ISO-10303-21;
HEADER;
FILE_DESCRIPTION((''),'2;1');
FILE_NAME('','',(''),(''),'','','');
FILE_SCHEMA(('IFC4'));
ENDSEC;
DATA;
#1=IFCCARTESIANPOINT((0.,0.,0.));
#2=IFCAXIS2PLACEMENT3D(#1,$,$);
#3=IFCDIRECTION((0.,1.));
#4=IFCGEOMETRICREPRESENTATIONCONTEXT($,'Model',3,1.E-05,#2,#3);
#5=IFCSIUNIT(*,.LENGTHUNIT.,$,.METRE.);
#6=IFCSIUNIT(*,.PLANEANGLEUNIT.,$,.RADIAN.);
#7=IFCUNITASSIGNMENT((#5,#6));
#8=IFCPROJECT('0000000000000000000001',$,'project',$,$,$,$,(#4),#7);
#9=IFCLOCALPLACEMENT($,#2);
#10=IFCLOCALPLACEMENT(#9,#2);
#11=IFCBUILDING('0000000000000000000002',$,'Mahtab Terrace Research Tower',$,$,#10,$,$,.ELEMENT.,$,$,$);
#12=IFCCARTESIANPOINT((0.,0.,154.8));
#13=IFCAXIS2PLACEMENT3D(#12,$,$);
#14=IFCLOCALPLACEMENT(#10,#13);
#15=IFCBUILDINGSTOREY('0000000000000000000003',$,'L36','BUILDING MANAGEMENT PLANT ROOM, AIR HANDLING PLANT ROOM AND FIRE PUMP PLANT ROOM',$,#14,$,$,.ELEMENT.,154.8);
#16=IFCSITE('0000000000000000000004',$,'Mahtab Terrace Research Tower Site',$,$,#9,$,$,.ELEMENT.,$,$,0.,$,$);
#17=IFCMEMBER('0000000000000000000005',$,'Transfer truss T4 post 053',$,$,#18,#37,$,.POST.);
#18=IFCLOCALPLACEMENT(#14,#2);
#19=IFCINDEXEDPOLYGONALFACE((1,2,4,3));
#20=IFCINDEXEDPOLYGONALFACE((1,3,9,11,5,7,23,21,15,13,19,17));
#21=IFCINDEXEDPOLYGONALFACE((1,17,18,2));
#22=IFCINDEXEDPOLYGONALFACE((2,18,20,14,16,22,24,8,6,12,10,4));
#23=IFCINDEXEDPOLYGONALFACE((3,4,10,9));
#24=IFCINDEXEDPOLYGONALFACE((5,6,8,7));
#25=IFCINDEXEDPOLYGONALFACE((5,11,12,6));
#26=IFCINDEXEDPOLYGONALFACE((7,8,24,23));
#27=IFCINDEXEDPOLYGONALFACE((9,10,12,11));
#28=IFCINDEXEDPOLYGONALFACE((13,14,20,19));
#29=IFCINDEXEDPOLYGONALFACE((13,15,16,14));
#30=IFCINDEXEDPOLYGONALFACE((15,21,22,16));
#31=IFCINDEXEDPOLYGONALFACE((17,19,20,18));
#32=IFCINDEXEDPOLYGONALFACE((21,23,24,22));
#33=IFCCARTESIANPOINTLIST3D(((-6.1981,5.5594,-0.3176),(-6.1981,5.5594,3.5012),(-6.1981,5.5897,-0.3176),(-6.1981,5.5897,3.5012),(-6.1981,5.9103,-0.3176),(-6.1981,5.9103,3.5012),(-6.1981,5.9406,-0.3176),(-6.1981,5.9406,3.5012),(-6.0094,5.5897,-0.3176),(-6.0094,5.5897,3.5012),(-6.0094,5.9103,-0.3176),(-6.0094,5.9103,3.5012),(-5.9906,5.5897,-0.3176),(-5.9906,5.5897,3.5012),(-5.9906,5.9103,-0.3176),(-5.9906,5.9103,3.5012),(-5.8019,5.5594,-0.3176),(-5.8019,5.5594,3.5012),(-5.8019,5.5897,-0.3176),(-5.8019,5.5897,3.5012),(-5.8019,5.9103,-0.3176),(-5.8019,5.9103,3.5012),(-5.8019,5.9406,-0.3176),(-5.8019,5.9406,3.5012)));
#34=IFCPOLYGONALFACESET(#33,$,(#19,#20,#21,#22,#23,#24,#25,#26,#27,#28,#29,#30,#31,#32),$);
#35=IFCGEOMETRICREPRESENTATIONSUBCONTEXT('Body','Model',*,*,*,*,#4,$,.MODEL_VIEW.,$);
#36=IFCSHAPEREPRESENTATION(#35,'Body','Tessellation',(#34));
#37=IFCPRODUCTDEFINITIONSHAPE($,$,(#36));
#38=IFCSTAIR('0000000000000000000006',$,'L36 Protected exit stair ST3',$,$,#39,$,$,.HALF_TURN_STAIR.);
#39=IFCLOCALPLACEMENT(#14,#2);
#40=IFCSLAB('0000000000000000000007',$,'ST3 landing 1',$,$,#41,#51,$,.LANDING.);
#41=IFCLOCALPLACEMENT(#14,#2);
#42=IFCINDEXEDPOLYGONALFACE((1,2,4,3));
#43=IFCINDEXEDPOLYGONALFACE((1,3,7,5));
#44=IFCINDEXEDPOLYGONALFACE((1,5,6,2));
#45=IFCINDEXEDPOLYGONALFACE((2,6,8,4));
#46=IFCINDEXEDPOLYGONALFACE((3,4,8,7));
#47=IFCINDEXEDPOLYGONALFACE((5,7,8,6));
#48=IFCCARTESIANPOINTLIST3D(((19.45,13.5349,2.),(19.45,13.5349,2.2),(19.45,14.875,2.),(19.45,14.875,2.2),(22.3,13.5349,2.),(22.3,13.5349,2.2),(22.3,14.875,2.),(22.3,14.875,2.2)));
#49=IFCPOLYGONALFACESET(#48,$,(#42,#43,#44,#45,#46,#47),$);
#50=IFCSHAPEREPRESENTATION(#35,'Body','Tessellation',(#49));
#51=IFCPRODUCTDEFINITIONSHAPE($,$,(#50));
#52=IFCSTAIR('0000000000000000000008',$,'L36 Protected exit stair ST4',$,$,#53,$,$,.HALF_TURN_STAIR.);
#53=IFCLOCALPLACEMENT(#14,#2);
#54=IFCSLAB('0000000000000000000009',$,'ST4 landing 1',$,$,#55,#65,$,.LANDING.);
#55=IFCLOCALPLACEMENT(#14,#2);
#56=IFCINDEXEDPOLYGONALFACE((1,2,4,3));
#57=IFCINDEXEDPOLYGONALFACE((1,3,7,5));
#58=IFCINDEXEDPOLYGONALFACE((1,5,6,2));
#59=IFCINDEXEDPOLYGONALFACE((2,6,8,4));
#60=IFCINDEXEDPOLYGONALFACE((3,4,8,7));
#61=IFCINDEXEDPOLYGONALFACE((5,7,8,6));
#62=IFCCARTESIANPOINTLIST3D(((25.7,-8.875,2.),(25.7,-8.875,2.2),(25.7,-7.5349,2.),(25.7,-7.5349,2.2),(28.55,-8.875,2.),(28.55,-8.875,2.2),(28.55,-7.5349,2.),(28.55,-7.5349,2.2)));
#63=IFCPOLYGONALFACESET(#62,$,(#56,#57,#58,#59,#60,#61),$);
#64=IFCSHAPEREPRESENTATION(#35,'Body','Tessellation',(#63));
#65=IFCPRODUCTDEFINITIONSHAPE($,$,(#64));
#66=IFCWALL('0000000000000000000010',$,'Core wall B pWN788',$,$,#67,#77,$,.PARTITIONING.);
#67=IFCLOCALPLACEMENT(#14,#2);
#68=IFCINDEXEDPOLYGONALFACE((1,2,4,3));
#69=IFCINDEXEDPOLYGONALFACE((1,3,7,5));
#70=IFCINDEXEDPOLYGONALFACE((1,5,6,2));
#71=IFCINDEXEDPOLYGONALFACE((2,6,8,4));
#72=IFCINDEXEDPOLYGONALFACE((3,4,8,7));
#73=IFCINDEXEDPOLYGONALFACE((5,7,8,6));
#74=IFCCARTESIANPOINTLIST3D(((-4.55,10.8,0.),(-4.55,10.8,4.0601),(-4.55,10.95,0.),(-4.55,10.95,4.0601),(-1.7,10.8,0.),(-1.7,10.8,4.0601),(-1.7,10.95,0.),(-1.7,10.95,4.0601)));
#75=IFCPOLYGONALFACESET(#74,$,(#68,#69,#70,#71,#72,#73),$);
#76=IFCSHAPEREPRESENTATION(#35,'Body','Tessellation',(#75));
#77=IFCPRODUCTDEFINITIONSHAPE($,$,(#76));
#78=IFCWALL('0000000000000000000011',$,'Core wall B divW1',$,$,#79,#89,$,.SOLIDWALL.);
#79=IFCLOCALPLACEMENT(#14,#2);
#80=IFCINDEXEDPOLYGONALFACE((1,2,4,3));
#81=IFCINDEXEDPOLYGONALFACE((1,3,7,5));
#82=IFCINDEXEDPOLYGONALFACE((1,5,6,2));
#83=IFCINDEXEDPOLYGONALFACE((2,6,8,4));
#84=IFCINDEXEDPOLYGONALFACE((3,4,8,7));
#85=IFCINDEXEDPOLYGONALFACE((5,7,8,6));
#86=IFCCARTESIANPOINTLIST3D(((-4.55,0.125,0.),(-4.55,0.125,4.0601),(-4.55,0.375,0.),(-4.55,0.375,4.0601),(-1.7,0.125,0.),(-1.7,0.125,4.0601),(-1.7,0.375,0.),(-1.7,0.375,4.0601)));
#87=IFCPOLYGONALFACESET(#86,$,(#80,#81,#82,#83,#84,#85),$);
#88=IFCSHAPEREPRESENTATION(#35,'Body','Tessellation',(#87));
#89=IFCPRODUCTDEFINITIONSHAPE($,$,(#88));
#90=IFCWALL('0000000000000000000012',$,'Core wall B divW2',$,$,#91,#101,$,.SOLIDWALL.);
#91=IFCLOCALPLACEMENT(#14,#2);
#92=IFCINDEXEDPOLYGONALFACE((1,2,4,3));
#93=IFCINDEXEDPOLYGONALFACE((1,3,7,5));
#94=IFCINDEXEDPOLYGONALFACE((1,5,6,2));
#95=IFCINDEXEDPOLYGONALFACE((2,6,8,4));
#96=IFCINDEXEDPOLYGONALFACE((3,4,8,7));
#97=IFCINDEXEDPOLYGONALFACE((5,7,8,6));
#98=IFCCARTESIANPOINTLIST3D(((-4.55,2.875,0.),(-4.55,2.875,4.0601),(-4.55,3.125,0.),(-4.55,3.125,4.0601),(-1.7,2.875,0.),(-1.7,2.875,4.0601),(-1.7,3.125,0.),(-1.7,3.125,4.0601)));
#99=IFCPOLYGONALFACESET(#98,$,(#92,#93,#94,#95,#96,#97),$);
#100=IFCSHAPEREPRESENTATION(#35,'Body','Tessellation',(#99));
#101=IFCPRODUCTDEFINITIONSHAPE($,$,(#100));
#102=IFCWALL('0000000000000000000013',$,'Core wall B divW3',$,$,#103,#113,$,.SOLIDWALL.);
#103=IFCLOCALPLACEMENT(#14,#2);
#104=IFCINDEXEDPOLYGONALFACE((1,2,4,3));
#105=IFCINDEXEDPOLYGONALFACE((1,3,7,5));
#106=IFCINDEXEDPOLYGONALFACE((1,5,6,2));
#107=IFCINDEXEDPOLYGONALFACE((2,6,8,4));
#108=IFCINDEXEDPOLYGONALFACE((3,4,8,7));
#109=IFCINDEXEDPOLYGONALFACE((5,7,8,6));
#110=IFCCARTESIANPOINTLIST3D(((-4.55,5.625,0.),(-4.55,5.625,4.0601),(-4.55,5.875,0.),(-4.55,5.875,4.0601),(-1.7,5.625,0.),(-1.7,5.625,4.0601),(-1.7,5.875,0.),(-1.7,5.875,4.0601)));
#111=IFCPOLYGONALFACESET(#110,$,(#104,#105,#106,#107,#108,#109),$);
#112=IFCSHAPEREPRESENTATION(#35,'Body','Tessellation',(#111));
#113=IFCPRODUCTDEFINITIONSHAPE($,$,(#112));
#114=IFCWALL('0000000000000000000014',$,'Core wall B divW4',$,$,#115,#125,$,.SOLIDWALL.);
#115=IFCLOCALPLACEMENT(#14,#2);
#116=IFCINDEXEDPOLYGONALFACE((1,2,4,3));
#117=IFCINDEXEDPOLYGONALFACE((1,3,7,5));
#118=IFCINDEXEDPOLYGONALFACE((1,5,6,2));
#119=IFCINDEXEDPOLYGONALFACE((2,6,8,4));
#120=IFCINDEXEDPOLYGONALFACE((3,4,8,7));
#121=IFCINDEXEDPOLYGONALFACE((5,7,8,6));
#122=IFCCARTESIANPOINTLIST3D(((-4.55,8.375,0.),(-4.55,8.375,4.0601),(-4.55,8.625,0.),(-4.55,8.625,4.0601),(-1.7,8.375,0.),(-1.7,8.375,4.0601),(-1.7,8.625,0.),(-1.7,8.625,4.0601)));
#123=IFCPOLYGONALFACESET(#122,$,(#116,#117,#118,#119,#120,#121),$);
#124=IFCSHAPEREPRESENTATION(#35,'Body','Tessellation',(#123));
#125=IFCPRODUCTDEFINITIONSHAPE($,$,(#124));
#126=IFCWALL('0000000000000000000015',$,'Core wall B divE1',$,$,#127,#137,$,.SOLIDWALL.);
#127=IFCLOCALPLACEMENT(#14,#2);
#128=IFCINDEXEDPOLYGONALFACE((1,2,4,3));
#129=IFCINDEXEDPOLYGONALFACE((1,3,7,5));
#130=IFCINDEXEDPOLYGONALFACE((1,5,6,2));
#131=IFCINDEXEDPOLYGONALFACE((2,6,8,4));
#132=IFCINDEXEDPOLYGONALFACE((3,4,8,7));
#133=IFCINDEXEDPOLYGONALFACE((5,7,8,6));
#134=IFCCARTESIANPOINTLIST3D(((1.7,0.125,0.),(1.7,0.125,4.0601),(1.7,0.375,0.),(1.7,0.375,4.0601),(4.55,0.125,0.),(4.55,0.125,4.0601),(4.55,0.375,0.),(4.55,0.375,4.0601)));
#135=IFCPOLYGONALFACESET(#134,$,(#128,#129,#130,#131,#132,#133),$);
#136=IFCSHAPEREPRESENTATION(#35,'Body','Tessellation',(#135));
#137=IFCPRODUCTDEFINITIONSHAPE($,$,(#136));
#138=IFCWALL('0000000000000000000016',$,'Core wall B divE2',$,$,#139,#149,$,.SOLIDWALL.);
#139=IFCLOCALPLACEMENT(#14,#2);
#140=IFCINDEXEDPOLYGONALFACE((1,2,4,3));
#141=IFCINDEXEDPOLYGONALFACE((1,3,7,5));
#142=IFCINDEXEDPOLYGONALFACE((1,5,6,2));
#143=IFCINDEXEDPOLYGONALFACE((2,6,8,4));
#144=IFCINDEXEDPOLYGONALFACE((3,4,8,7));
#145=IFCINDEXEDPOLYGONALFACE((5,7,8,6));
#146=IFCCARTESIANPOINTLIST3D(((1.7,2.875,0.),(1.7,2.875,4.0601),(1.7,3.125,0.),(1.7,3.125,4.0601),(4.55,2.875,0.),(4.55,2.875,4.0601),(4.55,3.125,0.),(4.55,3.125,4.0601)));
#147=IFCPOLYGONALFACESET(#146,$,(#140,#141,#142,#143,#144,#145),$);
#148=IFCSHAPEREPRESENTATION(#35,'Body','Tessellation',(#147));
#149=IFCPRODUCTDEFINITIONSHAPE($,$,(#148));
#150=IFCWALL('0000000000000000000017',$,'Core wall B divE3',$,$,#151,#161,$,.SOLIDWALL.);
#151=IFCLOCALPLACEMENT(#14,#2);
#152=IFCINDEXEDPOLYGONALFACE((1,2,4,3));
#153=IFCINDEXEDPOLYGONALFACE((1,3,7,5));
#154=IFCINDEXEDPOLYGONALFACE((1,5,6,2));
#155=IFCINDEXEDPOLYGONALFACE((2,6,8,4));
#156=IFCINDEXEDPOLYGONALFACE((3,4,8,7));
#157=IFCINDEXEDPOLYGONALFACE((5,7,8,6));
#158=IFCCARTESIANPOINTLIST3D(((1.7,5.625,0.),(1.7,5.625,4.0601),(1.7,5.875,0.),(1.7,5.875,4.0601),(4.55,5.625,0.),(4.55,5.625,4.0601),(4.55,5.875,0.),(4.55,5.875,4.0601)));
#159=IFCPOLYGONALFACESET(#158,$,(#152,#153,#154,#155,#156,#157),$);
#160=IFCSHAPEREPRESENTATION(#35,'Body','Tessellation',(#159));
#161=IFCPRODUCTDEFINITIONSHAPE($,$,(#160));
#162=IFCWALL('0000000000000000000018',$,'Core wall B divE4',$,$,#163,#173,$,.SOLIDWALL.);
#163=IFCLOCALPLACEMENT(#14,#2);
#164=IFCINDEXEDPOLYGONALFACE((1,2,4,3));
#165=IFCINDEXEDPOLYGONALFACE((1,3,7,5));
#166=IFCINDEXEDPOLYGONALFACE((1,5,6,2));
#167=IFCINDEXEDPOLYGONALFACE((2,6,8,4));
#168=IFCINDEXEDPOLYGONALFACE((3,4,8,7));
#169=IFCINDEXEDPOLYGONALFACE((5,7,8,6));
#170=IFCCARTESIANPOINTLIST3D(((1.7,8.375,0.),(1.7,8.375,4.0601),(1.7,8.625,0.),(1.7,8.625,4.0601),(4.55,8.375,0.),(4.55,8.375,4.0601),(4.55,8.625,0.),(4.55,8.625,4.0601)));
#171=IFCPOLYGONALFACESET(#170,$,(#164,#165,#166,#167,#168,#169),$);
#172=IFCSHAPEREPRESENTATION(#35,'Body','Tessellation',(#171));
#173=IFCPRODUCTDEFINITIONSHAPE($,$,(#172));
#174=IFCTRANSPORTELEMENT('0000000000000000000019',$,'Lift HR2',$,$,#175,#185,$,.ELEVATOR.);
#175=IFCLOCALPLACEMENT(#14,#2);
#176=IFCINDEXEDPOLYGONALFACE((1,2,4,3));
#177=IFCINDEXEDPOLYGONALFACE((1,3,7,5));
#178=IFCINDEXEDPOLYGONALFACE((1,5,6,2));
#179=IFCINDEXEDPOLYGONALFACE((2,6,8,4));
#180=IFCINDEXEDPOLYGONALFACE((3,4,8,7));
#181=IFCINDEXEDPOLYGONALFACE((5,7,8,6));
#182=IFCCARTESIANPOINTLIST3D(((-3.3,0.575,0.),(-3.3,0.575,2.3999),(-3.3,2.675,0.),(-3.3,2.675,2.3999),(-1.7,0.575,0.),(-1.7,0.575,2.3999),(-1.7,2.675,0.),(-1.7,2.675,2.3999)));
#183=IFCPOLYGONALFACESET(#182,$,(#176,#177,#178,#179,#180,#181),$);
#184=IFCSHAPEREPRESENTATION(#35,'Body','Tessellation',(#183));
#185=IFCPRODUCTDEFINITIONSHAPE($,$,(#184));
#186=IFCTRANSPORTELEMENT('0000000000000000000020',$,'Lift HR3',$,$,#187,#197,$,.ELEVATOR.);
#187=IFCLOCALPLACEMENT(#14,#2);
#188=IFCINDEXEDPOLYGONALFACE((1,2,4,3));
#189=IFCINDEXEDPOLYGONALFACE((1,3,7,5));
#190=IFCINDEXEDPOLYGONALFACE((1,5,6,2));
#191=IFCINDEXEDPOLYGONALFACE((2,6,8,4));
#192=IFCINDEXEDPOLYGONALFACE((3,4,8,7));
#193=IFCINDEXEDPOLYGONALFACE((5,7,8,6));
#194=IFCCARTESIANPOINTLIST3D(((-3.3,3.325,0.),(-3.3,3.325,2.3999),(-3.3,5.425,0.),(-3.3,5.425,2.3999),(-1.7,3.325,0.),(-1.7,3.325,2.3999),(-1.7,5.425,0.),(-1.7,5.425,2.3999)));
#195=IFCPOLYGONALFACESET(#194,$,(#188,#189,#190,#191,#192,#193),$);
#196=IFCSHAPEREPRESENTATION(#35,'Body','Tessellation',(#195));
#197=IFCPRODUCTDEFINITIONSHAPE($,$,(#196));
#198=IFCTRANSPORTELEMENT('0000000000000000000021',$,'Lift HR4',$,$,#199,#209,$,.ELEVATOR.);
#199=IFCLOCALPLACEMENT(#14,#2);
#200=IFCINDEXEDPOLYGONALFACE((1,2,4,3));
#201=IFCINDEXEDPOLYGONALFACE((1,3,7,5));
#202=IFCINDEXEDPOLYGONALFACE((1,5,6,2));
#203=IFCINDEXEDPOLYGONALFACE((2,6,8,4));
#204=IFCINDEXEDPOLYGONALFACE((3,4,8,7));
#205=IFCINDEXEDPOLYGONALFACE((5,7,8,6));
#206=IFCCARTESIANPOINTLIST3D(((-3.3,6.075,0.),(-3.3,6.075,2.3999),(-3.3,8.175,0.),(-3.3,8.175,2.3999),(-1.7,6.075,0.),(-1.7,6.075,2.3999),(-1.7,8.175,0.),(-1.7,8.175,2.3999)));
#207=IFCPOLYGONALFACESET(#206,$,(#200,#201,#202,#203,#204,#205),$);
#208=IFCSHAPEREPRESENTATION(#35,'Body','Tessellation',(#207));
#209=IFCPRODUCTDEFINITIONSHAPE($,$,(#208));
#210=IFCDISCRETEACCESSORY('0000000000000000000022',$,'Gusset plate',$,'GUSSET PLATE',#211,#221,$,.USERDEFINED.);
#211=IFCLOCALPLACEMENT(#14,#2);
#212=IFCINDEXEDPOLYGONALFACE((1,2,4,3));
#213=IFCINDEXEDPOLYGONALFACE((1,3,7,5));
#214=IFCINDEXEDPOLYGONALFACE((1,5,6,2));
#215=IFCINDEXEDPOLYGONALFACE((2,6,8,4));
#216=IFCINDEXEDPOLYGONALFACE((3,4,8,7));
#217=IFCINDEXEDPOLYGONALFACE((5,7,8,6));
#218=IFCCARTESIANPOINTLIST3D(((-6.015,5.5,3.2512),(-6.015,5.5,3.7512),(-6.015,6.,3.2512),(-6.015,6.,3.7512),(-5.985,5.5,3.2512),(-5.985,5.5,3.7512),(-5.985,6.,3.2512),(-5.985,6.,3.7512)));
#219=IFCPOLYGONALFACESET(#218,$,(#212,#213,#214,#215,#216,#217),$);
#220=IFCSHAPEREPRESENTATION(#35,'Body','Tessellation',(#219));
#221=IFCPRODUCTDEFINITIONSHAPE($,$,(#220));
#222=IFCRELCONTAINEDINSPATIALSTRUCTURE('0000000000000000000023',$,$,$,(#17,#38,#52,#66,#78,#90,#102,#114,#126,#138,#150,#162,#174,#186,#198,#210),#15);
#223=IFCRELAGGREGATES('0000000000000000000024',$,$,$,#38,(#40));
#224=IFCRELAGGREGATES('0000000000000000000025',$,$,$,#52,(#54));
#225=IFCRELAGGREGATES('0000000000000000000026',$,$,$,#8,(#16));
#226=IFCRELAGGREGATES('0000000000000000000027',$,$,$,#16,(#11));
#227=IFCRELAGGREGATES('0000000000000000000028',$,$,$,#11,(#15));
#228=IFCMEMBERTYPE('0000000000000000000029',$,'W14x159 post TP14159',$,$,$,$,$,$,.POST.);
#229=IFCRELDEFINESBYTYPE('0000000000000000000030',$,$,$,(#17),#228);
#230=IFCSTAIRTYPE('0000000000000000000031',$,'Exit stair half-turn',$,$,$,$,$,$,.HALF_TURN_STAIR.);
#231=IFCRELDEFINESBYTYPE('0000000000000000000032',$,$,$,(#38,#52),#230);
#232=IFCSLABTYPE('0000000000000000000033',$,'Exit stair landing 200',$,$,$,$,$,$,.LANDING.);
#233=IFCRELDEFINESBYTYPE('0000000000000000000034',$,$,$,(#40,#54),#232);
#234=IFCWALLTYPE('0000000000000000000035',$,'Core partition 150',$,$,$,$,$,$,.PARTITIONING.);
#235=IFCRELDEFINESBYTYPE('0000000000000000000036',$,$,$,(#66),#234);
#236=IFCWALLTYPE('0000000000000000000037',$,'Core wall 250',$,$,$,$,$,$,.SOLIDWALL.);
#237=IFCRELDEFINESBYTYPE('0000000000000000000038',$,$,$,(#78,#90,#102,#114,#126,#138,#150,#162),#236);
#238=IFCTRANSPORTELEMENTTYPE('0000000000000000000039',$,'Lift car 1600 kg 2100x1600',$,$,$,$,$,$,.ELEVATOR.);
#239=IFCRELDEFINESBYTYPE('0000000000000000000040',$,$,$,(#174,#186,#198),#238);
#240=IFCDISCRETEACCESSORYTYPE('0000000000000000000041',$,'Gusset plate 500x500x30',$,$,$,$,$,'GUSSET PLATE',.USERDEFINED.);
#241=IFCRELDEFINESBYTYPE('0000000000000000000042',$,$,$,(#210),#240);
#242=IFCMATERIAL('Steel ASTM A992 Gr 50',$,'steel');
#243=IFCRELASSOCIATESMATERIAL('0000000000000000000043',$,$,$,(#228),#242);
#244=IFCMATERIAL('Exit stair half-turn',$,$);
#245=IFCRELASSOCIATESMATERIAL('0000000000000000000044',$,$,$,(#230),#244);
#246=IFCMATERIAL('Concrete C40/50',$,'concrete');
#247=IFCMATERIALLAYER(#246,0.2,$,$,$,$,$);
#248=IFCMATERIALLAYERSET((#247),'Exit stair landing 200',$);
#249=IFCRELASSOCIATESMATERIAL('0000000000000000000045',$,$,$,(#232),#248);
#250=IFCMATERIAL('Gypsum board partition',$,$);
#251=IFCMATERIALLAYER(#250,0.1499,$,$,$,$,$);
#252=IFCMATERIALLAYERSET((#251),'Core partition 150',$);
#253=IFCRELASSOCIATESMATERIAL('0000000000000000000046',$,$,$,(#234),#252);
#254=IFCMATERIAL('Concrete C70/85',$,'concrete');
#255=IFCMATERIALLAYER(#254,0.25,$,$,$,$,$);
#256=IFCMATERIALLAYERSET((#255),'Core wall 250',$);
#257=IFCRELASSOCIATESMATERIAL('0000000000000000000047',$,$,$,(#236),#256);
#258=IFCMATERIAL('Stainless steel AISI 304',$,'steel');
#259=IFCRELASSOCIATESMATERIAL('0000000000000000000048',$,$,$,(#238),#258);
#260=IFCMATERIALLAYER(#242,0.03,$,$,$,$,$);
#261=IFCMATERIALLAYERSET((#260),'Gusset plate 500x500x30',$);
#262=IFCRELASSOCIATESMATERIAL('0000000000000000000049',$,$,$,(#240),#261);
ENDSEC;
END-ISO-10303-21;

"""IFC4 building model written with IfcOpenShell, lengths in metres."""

from ifc_helpers import new_model, si_unit, direction, frame, frame_2d, origin, origin_2d, place, context, subcontext, project, spatial, polyline, rectangle, i_section, outline, extrude, material, layer, layer_set, material_profile, profile_set, type_object, element, aggregate, save


model = new_model("IFC4")

# Units and contexts
model_context = context("Model", 3, precision=1e-05, world=origin(), true_north=direction((0.0, 1.0)))
body_context = subcontext(model_context, "Body", "Model", "MODEL_VIEW")
ifc_project = project(units=[si_unit("LENGTHUNIT", "METRE"), si_unit("PLANEANGLEUNIT", "RADIAN")], contexts=[model_context])

# Site, building, storey
site_placement = place(None, origin())
site = spatial("IfcSite", under=ifc_project, at=site_placement, Name="Mahtab Terrace Research Tower Site", CompositionType="ELEMENT", RefElevation=0.0)
building_placement = place(site_placement, origin())
building = spatial("IfcBuilding", under=site, at=building_placement, Name="Mahtab Terrace Research Tower", CompositionType="ELEMENT")
storey_placement = place(building_placement, frame((0.0, 0.0, 154.8)))
storey = spatial("IfcBuildingStorey", under=building, at=storey_placement, Name="L36", Description="BUILDING MANAGEMENT PLANT ROOM, AIR HANDLING PLANT ROOM AND FIRE PUMP PLANT ROOM", CompositionType="ELEMENT", Elevation=154.8)

# Member
ifc_material_1 = material(Name="Steel ASTM A992 Gr 50", Category="steel")
ifc_material_profile = material_profile(ifc_material_1, i_section(OverallWidth=0.3962, OverallDepth=0.3811, WebThickness=0.0188, FlangeThickness=0.0303, at=origin_2d()), Name="W14X159")
ifc_profile_set = profile_set([ifc_material_profile], Name="Steel ASTM A992 Gr 50")
member_type = type_object("IfcMemberType", Name="W14x159 post TP14159", PredefinedType="POST", material=ifc_profile_set)
member_placement = place(storey_placement, frame((-6.0, 5.75, -0.3176), z_axis=(0.0, 0.0, 1.0), x_axis=(1.0, 0.0, 0.0)))
element("IfcMember", 1, at=member_placement, inside=storey, type_object=member_type, Name="Transfer truss T4 post 053", PredefinedType="POST", context=body_context, shape_type="SweptSolid", body=[
    extrude(i_section(OverallWidth=0.3962, OverallDepth=0.3811, WebThickness=0.0188, FlangeThickness=0.0303, at=origin_2d()), origin(), (0.0, 0.0, 1.0), 3.8188),
])

# Stairs, slabs
ifc_material_2 = material(Name="Exit stair half-turn")
stair_type = type_object("IfcStairType", Name="Exit stair half-turn", PredefinedType="HALF_TURN_STAIR", material=ifc_material_2)
stair_1_placement = place(storey_placement, origin())
stair_1 = element("IfcStair", 2, at=stair_1_placement, inside=storey, type_object=stair_type, Name="L36 Protected exit stair ST3", PredefinedType="HALF_TURN_STAIR")
ifc_material_3 = material(Name="Concrete C40/50", Category="concrete")
ifc_layer_1 = layer(ifc_material_3, 0.2)
ifc_layer_set_1 = layer_set([ifc_layer_1], Name="Exit stair landing 200")
slab_type = type_object("IfcSlabType", Name="Exit stair landing 200", PredefinedType="LANDING", material=ifc_layer_set_1)
slab_1_placement = place(storey_placement, frame((0.0, 0.0, 2.0)))
slab_1 = element("IfcSlab", 3, at=slab_1_placement, type_object=slab_type, Name="ST3 landing 1", PredefinedType="LANDING", context=body_context, shape_type="SweptSolid", body=[
    extrude(outline(polyline([(22.3, 13.5349), (22.3, 14.875), (19.45, 14.875), (19.45, 13.5349), (22.3, 13.5349)])), origin(), (0.0, 0.0, 1.0), 0.2),
])
aggregate(stair_1, [slab_1])
stair_2_placement = place(storey_placement, origin())
stair_2 = element("IfcStair", 4, at=stair_2_placement, inside=storey, type_object=stair_type, Name="L36 Protected exit stair ST4", PredefinedType="HALF_TURN_STAIR")
slab_2_placement = place(storey_placement, frame((0.0, 0.0, 2.0)))
slab_2 = element("IfcSlab", 5, at=slab_2_placement, type_object=slab_type, Name="ST4 landing 1", PredefinedType="LANDING", context=body_context, shape_type="SweptSolid", body=[
    extrude(outline(polyline([(25.7, -7.5349), (25.7, -8.875), (28.55, -8.875), (28.55, -7.5349), (25.7, -7.5349)])), origin(), (0.0, 0.0, 1.0), 0.2),
])
aggregate(stair_2, [slab_2])

# Walls
ifc_material_4 = material(Name="Gypsum board partition")
ifc_layer_2 = layer(ifc_material_4, 0.1499)
ifc_layer_set_2 = layer_set([ifc_layer_2], Name="Core partition 150")
wall_type_1 = type_object("IfcWallType", Name="Core partition 150", PredefinedType="PARTITIONING", material=ifc_layer_set_2)
wall_placement = place(storey_placement, frame((-4.55, 10.875, 0.0), z_axis=(0.0, 0.0, 1.0), x_axis=(1.0, 0.0, 0.0)))
element("IfcWall", 6, at=wall_placement, inside=storey, type_object=wall_type_1, Name="Core wall B pWN788", PredefinedType="PARTITIONING", context=body_context, shape_type="SweptSolid", body=[
    extrude(rectangle(XDim=2.8501, YDim=0.1499, at=frame_2d((1.425, 0.0))), origin(), (0.0, 0.0, 1.0), 4.0601),
])
ifc_material_5 = material(Name="Concrete C70/85", Category="concrete")
ifc_layer_3 = layer(ifc_material_5, 0.25)
ifc_layer_set_3 = layer_set([ifc_layer_3], Name="Core wall 250")
wall_type_2 = type_object("IfcWallType", Name="Core wall 250", PredefinedType="SOLIDWALL", material=ifc_layer_set_3)
for number, where, z_axis, x_axis, name in (
    (7, (-4.55, 0.25, 0.0), (0.0, 0.0, 1.0), (1.0, 0.0, 0.0), "Core wall B divW1"),
    (8, (-4.55, 3.0, 0.0), (0.0, 0.0, 1.0), (1.0, 0.0, 0.0), "Core wall B divW2"),
    (9, (-4.55, 5.75, 0.0), (0.0, 0.0, 1.0), (1.0, 0.0, 0.0), "Core wall B divW3"),
    (10, (-4.55, 8.5, 0.0), (0.0, 0.0, 1.0), (1.0, 0.0, 0.0), "Core wall B divW4"),
    (11, (1.7, 0.25, 0.0), (0.0, 0.0, 1.0), (1.0, 0.0, 0.0), "Core wall B divE1"),
    (12, (1.7, 3.0, 0.0), (0.0, 0.0, 1.0), (1.0, 0.0, 0.0), "Core wall B divE2"),
    (13, (1.7, 5.75, 0.0), (0.0, 0.0, 1.0), (1.0, 0.0, 0.0), "Core wall B divE3"),
    (14, (1.7, 8.5, 0.0), (0.0, 0.0, 1.0), (1.0, 0.0, 0.0), "Core wall B divE4"),
):
    element("IfcWall", number, at=place(storey_placement, frame(where, z_axis=z_axis, x_axis=x_axis)), inside=storey, type_object=wall_type_2, Name=name, PredefinedType="SOLIDWALL", context=body_context, shape_type="SweptSolid", body=[
        extrude(rectangle(XDim=2.8501, YDim=0.25, at=frame_2d((1.425, 0.0))), origin(), (0.0, 0.0, 1.0), 4.0601),
    ])

# Transport elements
ifc_material_6 = material(Name="Stainless steel AISI 304", Category="steel")
transport_element_type = type_object("IfcTransportElementType", Name="Lift car 1600 kg 2100x1600", PredefinedType="ELEVATOR", material=ifc_material_6)
for number, where, z_axis, x_axis, name in (
    (15, (-2.5, 1.625, 0.0), (0.0, 0.0, 1.0), (1.0, 0.0, 0.0), "Lift HR2"),
    (16, (-2.5, 4.375, 0.0), (0.0, 0.0, 1.0), (1.0, 0.0, 0.0), "Lift HR3"),
    (17, (-2.5, 7.125, 0.0), (0.0, 0.0, 1.0), (1.0, 0.0, 0.0), "Lift HR4"),
):
    element("IfcTransportElement", number, at=place(storey_placement, frame(where, z_axis=z_axis, x_axis=x_axis)), inside=storey, type_object=transport_element_type, Name=name, PredefinedType="ELEVATOR", context=body_context, shape_type="SweptSolid", body=[
        extrude(rectangle(XDim=1.6001, YDim=2.1001, at=origin_2d()), origin(), (0.0, 0.0, 1.0), 2.3999),
    ])

# Discrete accessory
ifc_layer_4 = layer(ifc_material_1, 0.03)
ifc_layer_set_4 = layer_set([ifc_layer_4], Name="Gusset plate 500x500x30")
discrete_accessory_type = type_object("IfcDiscreteAccessoryType", Name="Gusset plate 500x500x30", ElementType="GUSSET PLATE", PredefinedType="USERDEFINED", material=ifc_layer_set_4)
discrete_accessory_placement = place(storey_placement, frame((-6.0, 5.75, 3.2512), z_axis=(0.0, 0.0, 1.0), x_axis=(0.0, 1.0, 0.0)))
element("IfcDiscreteAccessory", 18, at=discrete_accessory_placement, inside=storey, type_object=discrete_accessory_type, Name="Gusset plate", ObjectType="GUSSET PLATE", PredefinedType="USERDEFINED", context=body_context, shape_type="SweptSolid", body=[
    extrude(rectangle(XDim=0.5, YDim=0.03, at=origin_2d()), origin(), (0.0, 0.0, 1.0), 0.5),
])

save(model, "model.ifc")
